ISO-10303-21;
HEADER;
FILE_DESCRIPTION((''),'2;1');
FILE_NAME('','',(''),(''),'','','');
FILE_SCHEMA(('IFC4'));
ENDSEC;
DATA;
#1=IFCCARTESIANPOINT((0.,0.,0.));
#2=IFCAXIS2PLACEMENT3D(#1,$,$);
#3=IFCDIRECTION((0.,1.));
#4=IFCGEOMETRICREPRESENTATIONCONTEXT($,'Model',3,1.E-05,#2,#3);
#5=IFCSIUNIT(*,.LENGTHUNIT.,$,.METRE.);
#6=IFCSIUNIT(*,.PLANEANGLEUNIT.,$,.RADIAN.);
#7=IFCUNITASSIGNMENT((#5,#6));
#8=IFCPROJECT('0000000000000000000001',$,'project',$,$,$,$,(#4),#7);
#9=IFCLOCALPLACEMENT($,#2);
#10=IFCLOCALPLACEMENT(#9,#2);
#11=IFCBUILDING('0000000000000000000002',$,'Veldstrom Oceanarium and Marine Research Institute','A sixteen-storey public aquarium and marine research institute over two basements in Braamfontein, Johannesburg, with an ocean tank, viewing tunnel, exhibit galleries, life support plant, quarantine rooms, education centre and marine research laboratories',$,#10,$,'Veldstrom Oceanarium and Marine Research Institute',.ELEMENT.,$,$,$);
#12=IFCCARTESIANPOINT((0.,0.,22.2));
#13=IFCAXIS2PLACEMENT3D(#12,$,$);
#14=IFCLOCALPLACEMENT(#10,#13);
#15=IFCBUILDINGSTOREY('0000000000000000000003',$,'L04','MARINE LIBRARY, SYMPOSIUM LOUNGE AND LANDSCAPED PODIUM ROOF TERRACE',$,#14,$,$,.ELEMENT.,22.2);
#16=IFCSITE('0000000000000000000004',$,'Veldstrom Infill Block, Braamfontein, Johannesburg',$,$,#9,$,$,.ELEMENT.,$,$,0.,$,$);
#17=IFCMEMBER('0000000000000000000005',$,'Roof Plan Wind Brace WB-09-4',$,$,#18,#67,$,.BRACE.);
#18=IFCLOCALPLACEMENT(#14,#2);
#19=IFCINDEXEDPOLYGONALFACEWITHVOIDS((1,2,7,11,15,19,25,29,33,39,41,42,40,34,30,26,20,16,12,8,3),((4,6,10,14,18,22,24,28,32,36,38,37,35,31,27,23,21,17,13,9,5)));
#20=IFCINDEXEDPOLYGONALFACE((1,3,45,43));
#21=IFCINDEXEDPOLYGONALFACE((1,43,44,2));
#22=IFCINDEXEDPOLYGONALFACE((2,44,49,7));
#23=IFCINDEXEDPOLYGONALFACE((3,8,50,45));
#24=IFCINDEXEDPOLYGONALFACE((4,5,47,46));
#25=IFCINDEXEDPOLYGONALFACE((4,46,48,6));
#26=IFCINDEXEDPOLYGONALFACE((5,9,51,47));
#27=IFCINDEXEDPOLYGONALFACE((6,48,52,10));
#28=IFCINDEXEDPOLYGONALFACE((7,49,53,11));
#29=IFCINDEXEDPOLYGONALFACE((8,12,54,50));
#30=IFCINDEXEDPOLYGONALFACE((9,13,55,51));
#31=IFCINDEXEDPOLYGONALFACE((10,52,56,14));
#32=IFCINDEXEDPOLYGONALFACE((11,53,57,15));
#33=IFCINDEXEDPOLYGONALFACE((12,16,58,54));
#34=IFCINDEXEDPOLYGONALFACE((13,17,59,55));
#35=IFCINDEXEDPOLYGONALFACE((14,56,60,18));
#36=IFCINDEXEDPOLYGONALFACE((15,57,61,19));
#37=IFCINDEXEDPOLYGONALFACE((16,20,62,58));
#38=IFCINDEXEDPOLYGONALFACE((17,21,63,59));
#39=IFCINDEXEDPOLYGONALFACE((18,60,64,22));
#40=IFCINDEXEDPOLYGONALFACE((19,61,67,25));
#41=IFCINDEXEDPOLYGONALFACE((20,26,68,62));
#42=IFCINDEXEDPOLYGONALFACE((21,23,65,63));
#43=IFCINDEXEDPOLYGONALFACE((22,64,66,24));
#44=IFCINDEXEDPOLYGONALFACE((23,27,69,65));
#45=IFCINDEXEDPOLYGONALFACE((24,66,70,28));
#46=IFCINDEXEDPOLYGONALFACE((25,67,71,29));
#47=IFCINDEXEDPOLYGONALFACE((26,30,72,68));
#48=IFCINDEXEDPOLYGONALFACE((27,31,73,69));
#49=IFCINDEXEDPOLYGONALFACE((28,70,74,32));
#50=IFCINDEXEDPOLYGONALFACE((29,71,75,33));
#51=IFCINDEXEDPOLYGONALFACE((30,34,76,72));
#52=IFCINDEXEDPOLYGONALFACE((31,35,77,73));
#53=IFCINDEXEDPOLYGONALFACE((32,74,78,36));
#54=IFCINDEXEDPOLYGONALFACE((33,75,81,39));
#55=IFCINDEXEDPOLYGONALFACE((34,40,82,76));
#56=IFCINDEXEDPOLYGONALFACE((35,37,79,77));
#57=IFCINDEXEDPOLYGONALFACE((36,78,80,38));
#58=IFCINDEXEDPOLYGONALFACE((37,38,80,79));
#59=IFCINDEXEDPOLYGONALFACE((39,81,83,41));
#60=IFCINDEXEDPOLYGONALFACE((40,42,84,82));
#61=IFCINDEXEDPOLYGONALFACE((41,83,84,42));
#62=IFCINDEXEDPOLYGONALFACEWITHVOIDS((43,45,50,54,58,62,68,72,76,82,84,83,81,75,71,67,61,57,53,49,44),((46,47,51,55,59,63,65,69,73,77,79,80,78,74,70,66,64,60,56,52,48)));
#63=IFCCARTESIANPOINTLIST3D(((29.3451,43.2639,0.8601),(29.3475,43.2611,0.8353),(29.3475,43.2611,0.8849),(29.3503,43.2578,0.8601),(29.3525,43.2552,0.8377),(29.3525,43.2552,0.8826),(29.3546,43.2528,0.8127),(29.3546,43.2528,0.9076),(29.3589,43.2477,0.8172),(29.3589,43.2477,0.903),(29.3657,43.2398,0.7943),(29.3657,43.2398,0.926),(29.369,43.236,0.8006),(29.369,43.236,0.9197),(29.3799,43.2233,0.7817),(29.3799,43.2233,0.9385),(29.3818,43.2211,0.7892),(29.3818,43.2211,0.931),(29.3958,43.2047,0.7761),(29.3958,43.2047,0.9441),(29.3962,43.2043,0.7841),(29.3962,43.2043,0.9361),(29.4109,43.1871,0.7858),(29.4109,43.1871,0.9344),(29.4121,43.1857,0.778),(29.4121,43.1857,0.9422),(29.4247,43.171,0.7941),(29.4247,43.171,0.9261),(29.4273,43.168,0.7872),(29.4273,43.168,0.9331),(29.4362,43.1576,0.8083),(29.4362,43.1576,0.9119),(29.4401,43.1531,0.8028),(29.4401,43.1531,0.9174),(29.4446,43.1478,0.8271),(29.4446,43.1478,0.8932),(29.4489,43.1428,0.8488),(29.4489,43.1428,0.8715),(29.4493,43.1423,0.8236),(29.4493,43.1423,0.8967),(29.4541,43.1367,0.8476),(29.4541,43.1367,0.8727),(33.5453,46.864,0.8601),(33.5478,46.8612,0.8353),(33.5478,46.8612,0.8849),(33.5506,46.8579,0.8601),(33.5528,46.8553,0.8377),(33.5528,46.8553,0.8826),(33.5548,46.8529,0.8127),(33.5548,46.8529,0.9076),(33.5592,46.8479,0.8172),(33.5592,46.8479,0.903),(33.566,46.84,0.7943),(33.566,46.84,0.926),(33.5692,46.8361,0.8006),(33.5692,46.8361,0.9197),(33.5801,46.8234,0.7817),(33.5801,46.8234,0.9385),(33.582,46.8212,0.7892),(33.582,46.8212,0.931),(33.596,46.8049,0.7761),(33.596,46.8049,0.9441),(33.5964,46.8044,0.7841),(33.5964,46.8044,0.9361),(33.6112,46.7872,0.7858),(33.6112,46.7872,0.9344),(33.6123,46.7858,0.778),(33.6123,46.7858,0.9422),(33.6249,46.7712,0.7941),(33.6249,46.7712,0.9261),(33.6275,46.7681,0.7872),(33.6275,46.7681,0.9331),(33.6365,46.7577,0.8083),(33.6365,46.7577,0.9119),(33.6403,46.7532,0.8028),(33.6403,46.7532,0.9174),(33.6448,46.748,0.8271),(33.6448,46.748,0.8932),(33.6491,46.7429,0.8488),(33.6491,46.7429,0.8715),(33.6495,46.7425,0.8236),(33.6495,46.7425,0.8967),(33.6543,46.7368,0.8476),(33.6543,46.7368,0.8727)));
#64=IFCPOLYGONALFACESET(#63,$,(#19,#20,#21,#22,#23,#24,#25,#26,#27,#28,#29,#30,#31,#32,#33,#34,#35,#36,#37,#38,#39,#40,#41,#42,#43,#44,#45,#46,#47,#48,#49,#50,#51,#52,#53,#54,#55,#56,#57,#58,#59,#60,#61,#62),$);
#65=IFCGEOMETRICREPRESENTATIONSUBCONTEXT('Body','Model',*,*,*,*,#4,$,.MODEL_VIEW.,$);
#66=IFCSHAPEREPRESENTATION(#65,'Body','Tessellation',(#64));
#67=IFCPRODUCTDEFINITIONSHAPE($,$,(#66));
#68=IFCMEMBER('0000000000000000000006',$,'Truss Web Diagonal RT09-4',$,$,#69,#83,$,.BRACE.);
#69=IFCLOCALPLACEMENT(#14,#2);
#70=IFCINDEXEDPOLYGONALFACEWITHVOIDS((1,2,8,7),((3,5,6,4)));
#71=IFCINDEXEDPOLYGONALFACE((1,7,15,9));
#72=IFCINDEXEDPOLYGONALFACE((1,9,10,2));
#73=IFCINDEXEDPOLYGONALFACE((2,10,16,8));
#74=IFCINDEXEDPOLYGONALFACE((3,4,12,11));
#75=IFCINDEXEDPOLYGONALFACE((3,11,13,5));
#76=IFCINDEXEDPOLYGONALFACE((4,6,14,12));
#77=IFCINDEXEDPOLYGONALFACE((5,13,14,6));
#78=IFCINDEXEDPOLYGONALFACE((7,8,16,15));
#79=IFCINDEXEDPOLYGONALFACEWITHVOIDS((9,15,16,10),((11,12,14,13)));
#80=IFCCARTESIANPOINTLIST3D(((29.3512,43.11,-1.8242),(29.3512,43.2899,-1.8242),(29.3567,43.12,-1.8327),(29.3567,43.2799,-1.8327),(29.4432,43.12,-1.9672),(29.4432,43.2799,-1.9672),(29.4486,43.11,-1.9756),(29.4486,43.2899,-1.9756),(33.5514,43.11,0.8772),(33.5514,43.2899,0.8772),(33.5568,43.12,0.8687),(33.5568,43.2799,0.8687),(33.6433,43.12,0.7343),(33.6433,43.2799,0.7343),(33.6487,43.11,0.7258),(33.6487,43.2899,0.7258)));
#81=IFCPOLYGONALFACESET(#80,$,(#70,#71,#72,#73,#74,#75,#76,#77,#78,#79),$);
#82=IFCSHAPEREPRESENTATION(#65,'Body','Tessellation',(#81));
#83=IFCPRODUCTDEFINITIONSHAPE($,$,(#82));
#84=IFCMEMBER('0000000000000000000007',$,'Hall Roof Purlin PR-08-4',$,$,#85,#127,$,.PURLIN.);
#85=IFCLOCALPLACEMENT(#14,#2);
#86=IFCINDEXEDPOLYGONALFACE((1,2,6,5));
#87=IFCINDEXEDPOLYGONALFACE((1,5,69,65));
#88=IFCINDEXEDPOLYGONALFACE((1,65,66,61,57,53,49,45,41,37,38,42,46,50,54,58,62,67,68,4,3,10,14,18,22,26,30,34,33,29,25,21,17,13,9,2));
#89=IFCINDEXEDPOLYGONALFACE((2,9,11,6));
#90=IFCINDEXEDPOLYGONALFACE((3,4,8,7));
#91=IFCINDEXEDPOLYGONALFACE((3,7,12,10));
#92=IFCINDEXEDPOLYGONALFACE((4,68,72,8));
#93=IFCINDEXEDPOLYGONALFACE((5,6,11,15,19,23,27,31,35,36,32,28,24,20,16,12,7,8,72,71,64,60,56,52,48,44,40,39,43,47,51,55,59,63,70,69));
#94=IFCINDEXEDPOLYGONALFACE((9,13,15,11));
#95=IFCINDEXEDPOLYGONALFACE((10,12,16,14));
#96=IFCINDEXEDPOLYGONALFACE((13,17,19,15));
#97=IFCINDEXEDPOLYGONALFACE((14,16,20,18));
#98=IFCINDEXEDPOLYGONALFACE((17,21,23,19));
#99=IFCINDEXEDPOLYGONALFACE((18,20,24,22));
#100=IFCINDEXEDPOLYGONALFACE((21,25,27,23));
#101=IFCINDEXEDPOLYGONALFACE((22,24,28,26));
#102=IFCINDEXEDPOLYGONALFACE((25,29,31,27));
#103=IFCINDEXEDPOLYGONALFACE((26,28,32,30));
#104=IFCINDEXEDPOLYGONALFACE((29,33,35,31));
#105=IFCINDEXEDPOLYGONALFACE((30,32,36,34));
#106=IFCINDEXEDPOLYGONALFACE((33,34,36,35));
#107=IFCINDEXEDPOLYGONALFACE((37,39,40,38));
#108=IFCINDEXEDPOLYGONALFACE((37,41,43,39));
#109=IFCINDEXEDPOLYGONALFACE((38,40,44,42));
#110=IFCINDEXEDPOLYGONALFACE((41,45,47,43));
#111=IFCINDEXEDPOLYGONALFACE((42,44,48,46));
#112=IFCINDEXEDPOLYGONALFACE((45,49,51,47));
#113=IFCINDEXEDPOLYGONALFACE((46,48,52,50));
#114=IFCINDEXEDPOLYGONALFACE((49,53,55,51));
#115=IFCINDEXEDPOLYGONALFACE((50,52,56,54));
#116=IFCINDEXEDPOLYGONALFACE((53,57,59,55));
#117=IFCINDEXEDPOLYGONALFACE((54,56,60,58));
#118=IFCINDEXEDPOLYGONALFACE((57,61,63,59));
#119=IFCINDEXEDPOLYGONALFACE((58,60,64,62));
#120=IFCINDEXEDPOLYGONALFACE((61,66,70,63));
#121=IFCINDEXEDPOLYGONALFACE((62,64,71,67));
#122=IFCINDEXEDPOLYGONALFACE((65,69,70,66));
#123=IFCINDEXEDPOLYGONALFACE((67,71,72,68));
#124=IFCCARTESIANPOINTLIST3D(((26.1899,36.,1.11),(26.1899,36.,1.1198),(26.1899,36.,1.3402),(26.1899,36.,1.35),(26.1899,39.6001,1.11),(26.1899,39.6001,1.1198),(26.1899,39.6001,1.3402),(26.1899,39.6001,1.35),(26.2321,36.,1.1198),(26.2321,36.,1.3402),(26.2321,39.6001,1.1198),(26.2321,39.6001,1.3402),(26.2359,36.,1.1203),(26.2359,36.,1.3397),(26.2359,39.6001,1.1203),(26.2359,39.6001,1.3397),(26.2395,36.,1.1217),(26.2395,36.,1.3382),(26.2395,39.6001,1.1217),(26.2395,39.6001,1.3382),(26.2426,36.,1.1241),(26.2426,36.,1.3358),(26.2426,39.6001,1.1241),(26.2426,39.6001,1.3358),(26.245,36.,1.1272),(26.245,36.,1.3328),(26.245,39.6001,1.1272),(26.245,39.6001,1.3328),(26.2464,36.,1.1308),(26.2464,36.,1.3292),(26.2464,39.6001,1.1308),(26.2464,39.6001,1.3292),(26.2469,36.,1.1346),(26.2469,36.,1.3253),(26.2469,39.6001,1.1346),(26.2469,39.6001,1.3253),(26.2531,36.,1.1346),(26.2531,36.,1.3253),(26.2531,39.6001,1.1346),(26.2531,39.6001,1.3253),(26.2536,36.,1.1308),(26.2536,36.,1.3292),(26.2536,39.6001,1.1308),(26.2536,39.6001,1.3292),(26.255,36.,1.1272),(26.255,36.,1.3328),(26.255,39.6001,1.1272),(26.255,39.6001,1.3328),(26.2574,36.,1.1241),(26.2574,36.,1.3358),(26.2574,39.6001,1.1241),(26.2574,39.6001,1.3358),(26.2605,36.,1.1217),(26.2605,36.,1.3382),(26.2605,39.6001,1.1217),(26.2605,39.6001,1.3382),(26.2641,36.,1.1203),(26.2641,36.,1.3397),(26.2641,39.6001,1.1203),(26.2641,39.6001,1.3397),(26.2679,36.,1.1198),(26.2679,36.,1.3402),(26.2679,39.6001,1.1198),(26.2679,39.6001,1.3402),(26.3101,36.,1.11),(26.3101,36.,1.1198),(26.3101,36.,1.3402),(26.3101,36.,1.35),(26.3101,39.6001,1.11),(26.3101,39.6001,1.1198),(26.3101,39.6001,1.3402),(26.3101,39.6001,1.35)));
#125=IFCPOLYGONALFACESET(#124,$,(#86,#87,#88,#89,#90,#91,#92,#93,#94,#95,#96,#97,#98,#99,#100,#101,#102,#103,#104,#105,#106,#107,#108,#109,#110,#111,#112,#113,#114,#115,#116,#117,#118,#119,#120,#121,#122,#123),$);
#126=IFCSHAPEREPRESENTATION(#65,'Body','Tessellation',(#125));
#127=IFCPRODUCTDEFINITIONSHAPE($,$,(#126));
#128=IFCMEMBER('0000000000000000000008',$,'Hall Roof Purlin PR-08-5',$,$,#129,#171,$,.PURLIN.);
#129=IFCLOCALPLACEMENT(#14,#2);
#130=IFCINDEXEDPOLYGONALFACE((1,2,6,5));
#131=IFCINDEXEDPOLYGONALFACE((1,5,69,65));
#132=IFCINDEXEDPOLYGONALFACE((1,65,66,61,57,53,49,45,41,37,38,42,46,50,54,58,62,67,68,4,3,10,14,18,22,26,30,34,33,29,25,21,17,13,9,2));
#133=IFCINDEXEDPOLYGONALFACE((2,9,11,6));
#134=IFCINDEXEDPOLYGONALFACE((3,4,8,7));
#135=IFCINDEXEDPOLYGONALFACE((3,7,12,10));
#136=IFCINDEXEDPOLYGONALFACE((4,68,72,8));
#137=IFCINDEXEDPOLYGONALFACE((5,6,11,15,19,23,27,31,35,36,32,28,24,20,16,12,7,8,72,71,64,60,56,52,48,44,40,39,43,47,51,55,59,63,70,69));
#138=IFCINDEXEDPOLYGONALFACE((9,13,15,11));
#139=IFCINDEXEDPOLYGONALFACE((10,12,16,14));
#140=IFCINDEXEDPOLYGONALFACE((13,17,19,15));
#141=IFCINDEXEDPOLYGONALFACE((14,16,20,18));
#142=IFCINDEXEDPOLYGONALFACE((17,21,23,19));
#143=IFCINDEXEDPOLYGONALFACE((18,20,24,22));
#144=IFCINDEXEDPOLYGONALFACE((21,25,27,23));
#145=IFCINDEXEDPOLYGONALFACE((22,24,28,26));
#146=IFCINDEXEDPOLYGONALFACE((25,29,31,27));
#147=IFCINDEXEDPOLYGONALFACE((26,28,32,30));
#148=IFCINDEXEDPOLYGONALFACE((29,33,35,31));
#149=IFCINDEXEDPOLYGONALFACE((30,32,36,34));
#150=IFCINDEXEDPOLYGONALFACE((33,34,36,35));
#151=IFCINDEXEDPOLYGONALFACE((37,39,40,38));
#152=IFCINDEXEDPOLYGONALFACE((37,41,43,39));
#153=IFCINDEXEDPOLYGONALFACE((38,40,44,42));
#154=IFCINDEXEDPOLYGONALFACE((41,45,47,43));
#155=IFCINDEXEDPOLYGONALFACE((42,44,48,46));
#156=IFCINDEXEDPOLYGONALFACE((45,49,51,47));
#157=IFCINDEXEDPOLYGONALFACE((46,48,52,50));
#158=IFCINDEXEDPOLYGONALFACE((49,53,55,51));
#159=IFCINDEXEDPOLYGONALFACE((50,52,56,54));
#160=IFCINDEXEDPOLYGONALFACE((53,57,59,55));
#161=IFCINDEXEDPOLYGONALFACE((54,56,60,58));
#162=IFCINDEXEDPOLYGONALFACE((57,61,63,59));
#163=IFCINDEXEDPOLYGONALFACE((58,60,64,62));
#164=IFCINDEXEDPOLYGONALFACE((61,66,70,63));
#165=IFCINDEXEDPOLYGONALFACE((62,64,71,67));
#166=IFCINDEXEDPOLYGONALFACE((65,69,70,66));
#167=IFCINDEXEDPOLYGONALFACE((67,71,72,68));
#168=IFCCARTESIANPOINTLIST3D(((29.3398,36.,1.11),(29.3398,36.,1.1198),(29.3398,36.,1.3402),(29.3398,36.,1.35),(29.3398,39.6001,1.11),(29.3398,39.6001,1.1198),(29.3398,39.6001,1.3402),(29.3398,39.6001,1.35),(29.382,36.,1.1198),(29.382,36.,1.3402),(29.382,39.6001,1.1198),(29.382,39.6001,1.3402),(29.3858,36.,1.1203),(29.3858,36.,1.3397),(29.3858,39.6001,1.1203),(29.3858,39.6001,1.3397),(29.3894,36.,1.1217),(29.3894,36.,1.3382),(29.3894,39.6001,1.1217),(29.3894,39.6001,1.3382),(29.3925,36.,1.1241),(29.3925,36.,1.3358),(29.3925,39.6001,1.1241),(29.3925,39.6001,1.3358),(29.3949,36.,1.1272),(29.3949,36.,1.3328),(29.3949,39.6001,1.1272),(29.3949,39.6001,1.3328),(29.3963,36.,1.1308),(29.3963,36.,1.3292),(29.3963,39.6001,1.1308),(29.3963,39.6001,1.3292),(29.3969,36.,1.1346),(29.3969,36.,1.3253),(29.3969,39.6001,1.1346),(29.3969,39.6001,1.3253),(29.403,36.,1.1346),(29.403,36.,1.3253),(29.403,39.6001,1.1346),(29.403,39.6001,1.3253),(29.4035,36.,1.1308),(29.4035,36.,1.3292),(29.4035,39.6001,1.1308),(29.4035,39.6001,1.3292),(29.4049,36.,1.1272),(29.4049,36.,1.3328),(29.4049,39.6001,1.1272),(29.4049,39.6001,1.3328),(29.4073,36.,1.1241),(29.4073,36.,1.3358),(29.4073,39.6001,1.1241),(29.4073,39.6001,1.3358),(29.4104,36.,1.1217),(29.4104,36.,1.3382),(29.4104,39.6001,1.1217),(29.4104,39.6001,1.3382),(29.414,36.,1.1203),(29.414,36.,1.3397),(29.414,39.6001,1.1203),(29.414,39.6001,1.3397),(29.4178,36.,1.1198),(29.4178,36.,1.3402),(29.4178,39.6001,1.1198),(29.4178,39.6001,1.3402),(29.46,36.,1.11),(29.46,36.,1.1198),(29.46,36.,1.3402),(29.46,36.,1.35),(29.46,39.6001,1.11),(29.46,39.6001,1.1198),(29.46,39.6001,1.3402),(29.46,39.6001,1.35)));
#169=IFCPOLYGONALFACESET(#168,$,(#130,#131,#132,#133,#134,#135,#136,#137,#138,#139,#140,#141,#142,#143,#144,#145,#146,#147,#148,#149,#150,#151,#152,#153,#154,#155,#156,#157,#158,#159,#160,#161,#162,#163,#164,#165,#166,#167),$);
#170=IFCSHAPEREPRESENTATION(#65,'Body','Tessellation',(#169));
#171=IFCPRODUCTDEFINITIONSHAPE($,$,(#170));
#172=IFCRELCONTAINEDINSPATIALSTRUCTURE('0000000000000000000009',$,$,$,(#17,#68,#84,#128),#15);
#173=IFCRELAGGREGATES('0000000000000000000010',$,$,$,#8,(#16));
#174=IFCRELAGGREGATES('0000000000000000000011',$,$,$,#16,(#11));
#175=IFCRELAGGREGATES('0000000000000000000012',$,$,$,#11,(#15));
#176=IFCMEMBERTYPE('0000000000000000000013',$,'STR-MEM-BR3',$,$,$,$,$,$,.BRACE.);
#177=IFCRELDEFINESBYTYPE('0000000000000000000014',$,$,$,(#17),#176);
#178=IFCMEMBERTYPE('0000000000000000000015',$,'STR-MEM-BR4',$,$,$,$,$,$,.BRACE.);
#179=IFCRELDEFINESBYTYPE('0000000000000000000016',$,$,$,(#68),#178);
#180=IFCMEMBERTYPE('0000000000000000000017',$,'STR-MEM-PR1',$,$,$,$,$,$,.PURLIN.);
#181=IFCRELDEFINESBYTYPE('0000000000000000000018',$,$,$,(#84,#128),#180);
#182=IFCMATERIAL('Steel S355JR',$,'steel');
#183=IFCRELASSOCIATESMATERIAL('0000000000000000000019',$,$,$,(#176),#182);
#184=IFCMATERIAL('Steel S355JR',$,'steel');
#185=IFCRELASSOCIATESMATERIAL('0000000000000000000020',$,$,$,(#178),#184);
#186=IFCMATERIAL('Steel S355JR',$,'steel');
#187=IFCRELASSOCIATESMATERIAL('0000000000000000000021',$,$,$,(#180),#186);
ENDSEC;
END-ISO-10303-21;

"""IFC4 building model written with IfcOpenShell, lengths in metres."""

from ifc_helpers import new_model, si_unit, direction, frame, origin, origin_2d, place, context, subcontext, project, spatial, hollow_rectangle, hollow_circle, i_section, extrude, material, material_profile, profile_set, type_object, element, save


model = new_model("IFC4")

# Units and contexts
model_context = context("Model", 3, precision=1e-05, world=origin(), true_north=direction((0.0, 1.0)))
body_context = subcontext(model_context, "Body", "Model", "MODEL_VIEW")
ifc_project = project(units=[si_unit("LENGTHUNIT", "METRE"), si_unit("PLANEANGLEUNIT", "RADIAN")], contexts=[model_context])

# Site, building, storey
site_placement = place(None, origin())
site = spatial("IfcSite", under=ifc_project, at=site_placement, Name="Veldstrom Infill Block, Braamfontein, Johannesburg", CompositionType="ELEMENT", RefElevation=0.0)
building_placement = place(site_placement, origin())
building = spatial("IfcBuilding", under=site, at=building_placement, Name="Veldstrom Oceanarium and Marine Research Institute", Description="A sixteen-storey public aquarium and marine research institute over two basements in Braamfontein, Johannesburg, with an ocean tank, viewing tunnel, exhibit galleries, life support plant, quarantine rooms, education centre and marine research laboratories", LongName="Veldstrom Oceanarium and Marine Research Institute", CompositionType="ELEMENT")
storey_placement = place(building_placement, frame((0.0, 0.0, 22.2)))
storey = spatial("IfcBuildingStorey", under=building, at=storey_placement, Name="L04", Description="MARINE LIBRARY, SYMPOSIUM LOUNGE AND LANDSCAPED PODIUM ROOF TERRACE", CompositionType="ELEMENT", Elevation=22.2)

# Members
ifc_material_1 = material(Name="Steel S355JR", Category="steel")
ifc_material_profile_1 = material_profile(ifc_material_1, hollow_circle(Radius=0.0842, WallThickness=0.0081, at=origin_2d()), Name="CHS 168.3x8")
ifc_profile_set_1 = profile_set([ifc_material_profile_1], Name="Steel S355JR")
member_type_1 = type_object("IfcMemberType", Name="STR-MEM-BR3", PredefinedType="BRACE", material=ifc_profile_set_1)
member_1_placement = place(storey_placement, frame((29.3999, 43.2, 0.8601), z_axis=(0.759263, 0.650784, 0.0), x_axis=(-0.650784, 0.759263, 0.0)))
element("IfcMember", 1, at=member_1_placement, inside=storey, type_object=member_type_1, Name="Roof Plan Wind Brace WB-09-4", PredefinedType="BRACE", context=body_context, shape_type="SweptSolid", body=[
    extrude(hollow_circle(Radius=0.0842, WallThickness=0.0081, at=origin_2d()), origin(), (0.0, 0.0, 1.0), 5.532),
])
ifc_material_2 = material(Name="Steel S355JR", Category="steel")
ifc_material_profile_2 = material_profile(ifc_material_2, hollow_rectangle(XDim=0.1799, YDim=0.1799, WallThickness=0.01, at=origin_2d()), Name="SHS 180x180x10")
ifc_profile_set_2 = profile_set([ifc_material_profile_2], Name="Steel S355JR")
member_type_2 = type_object("IfcMemberType", Name="STR-MEM-BR4", PredefinedType="BRACE", material=ifc_profile_set_2)
member_2_placement = place(storey_placement, frame((29.3999, 43.2, -1.8999), z_axis=(0.841061, 0.0, 0.54094), x_axis=(0.0, 1.0, 0.0)))
element("IfcMember", 2, at=member_2_placement, inside=storey, type_object=member_type_2, Name="Truss Web Diagonal RT09-4", PredefinedType="BRACE", context=body_context, shape_type="SweptSolid", body=[
    extrude(hollow_rectangle(XDim=0.1799, YDim=0.1799, WallThickness=0.01, at=origin_2d()), origin(), (0.0, 0.0, 1.0), 4.9939),
])
ifc_material_3 = material(Name="Steel S355JR", Category="steel")
ifc_material_profile_3 = material_profile(ifc_material_3, i_section(OverallWidth=0.1201, OverallDepth=0.24, WebThickness=0.0061, FlangeThickness=0.0098, FilletRadius=0.0149, at=origin_2d()), Name="IPE 240")
ifc_profile_set_3 = profile_set([ifc_material_profile_3], Name="Steel S355JR")
member_type_3 = type_object("IfcMemberType", Name="STR-MEM-PR1", PredefinedType="PURLIN", material=ifc_profile_set_3)
for number, where, z_axis, x_axis, name in (
    (3, (26.25, 36.0, 1.23), (0.0, 1.0, 0.0), (-1.0, 0.0, 0.0), "Hall Roof Purlin PR-08-4"),
    (4, (29.3999, 36.0, 1.23), (0.0, 1.0, 0.0), (-1.0, 0.0, 0.0), "Hall Roof Purlin PR-08-5"),
):
    element("IfcMember", number, at=place(storey_placement, frame(where, z_axis=z_axis, x_axis=x_axis)), inside=storey, type_object=member_type_3, Name=name, PredefinedType="PURLIN", context=body_context, shape_type="SweptSolid", body=[
        extrude(i_section(OverallWidth=0.1201, OverallDepth=0.24, WebThickness=0.0061, FlangeThickness=0.0098, FilletRadius=0.0149, at=origin_2d()), origin(), (0.0, 0.0, 1.0), 3.6001),
    ])

save(model, "model.ifc")
